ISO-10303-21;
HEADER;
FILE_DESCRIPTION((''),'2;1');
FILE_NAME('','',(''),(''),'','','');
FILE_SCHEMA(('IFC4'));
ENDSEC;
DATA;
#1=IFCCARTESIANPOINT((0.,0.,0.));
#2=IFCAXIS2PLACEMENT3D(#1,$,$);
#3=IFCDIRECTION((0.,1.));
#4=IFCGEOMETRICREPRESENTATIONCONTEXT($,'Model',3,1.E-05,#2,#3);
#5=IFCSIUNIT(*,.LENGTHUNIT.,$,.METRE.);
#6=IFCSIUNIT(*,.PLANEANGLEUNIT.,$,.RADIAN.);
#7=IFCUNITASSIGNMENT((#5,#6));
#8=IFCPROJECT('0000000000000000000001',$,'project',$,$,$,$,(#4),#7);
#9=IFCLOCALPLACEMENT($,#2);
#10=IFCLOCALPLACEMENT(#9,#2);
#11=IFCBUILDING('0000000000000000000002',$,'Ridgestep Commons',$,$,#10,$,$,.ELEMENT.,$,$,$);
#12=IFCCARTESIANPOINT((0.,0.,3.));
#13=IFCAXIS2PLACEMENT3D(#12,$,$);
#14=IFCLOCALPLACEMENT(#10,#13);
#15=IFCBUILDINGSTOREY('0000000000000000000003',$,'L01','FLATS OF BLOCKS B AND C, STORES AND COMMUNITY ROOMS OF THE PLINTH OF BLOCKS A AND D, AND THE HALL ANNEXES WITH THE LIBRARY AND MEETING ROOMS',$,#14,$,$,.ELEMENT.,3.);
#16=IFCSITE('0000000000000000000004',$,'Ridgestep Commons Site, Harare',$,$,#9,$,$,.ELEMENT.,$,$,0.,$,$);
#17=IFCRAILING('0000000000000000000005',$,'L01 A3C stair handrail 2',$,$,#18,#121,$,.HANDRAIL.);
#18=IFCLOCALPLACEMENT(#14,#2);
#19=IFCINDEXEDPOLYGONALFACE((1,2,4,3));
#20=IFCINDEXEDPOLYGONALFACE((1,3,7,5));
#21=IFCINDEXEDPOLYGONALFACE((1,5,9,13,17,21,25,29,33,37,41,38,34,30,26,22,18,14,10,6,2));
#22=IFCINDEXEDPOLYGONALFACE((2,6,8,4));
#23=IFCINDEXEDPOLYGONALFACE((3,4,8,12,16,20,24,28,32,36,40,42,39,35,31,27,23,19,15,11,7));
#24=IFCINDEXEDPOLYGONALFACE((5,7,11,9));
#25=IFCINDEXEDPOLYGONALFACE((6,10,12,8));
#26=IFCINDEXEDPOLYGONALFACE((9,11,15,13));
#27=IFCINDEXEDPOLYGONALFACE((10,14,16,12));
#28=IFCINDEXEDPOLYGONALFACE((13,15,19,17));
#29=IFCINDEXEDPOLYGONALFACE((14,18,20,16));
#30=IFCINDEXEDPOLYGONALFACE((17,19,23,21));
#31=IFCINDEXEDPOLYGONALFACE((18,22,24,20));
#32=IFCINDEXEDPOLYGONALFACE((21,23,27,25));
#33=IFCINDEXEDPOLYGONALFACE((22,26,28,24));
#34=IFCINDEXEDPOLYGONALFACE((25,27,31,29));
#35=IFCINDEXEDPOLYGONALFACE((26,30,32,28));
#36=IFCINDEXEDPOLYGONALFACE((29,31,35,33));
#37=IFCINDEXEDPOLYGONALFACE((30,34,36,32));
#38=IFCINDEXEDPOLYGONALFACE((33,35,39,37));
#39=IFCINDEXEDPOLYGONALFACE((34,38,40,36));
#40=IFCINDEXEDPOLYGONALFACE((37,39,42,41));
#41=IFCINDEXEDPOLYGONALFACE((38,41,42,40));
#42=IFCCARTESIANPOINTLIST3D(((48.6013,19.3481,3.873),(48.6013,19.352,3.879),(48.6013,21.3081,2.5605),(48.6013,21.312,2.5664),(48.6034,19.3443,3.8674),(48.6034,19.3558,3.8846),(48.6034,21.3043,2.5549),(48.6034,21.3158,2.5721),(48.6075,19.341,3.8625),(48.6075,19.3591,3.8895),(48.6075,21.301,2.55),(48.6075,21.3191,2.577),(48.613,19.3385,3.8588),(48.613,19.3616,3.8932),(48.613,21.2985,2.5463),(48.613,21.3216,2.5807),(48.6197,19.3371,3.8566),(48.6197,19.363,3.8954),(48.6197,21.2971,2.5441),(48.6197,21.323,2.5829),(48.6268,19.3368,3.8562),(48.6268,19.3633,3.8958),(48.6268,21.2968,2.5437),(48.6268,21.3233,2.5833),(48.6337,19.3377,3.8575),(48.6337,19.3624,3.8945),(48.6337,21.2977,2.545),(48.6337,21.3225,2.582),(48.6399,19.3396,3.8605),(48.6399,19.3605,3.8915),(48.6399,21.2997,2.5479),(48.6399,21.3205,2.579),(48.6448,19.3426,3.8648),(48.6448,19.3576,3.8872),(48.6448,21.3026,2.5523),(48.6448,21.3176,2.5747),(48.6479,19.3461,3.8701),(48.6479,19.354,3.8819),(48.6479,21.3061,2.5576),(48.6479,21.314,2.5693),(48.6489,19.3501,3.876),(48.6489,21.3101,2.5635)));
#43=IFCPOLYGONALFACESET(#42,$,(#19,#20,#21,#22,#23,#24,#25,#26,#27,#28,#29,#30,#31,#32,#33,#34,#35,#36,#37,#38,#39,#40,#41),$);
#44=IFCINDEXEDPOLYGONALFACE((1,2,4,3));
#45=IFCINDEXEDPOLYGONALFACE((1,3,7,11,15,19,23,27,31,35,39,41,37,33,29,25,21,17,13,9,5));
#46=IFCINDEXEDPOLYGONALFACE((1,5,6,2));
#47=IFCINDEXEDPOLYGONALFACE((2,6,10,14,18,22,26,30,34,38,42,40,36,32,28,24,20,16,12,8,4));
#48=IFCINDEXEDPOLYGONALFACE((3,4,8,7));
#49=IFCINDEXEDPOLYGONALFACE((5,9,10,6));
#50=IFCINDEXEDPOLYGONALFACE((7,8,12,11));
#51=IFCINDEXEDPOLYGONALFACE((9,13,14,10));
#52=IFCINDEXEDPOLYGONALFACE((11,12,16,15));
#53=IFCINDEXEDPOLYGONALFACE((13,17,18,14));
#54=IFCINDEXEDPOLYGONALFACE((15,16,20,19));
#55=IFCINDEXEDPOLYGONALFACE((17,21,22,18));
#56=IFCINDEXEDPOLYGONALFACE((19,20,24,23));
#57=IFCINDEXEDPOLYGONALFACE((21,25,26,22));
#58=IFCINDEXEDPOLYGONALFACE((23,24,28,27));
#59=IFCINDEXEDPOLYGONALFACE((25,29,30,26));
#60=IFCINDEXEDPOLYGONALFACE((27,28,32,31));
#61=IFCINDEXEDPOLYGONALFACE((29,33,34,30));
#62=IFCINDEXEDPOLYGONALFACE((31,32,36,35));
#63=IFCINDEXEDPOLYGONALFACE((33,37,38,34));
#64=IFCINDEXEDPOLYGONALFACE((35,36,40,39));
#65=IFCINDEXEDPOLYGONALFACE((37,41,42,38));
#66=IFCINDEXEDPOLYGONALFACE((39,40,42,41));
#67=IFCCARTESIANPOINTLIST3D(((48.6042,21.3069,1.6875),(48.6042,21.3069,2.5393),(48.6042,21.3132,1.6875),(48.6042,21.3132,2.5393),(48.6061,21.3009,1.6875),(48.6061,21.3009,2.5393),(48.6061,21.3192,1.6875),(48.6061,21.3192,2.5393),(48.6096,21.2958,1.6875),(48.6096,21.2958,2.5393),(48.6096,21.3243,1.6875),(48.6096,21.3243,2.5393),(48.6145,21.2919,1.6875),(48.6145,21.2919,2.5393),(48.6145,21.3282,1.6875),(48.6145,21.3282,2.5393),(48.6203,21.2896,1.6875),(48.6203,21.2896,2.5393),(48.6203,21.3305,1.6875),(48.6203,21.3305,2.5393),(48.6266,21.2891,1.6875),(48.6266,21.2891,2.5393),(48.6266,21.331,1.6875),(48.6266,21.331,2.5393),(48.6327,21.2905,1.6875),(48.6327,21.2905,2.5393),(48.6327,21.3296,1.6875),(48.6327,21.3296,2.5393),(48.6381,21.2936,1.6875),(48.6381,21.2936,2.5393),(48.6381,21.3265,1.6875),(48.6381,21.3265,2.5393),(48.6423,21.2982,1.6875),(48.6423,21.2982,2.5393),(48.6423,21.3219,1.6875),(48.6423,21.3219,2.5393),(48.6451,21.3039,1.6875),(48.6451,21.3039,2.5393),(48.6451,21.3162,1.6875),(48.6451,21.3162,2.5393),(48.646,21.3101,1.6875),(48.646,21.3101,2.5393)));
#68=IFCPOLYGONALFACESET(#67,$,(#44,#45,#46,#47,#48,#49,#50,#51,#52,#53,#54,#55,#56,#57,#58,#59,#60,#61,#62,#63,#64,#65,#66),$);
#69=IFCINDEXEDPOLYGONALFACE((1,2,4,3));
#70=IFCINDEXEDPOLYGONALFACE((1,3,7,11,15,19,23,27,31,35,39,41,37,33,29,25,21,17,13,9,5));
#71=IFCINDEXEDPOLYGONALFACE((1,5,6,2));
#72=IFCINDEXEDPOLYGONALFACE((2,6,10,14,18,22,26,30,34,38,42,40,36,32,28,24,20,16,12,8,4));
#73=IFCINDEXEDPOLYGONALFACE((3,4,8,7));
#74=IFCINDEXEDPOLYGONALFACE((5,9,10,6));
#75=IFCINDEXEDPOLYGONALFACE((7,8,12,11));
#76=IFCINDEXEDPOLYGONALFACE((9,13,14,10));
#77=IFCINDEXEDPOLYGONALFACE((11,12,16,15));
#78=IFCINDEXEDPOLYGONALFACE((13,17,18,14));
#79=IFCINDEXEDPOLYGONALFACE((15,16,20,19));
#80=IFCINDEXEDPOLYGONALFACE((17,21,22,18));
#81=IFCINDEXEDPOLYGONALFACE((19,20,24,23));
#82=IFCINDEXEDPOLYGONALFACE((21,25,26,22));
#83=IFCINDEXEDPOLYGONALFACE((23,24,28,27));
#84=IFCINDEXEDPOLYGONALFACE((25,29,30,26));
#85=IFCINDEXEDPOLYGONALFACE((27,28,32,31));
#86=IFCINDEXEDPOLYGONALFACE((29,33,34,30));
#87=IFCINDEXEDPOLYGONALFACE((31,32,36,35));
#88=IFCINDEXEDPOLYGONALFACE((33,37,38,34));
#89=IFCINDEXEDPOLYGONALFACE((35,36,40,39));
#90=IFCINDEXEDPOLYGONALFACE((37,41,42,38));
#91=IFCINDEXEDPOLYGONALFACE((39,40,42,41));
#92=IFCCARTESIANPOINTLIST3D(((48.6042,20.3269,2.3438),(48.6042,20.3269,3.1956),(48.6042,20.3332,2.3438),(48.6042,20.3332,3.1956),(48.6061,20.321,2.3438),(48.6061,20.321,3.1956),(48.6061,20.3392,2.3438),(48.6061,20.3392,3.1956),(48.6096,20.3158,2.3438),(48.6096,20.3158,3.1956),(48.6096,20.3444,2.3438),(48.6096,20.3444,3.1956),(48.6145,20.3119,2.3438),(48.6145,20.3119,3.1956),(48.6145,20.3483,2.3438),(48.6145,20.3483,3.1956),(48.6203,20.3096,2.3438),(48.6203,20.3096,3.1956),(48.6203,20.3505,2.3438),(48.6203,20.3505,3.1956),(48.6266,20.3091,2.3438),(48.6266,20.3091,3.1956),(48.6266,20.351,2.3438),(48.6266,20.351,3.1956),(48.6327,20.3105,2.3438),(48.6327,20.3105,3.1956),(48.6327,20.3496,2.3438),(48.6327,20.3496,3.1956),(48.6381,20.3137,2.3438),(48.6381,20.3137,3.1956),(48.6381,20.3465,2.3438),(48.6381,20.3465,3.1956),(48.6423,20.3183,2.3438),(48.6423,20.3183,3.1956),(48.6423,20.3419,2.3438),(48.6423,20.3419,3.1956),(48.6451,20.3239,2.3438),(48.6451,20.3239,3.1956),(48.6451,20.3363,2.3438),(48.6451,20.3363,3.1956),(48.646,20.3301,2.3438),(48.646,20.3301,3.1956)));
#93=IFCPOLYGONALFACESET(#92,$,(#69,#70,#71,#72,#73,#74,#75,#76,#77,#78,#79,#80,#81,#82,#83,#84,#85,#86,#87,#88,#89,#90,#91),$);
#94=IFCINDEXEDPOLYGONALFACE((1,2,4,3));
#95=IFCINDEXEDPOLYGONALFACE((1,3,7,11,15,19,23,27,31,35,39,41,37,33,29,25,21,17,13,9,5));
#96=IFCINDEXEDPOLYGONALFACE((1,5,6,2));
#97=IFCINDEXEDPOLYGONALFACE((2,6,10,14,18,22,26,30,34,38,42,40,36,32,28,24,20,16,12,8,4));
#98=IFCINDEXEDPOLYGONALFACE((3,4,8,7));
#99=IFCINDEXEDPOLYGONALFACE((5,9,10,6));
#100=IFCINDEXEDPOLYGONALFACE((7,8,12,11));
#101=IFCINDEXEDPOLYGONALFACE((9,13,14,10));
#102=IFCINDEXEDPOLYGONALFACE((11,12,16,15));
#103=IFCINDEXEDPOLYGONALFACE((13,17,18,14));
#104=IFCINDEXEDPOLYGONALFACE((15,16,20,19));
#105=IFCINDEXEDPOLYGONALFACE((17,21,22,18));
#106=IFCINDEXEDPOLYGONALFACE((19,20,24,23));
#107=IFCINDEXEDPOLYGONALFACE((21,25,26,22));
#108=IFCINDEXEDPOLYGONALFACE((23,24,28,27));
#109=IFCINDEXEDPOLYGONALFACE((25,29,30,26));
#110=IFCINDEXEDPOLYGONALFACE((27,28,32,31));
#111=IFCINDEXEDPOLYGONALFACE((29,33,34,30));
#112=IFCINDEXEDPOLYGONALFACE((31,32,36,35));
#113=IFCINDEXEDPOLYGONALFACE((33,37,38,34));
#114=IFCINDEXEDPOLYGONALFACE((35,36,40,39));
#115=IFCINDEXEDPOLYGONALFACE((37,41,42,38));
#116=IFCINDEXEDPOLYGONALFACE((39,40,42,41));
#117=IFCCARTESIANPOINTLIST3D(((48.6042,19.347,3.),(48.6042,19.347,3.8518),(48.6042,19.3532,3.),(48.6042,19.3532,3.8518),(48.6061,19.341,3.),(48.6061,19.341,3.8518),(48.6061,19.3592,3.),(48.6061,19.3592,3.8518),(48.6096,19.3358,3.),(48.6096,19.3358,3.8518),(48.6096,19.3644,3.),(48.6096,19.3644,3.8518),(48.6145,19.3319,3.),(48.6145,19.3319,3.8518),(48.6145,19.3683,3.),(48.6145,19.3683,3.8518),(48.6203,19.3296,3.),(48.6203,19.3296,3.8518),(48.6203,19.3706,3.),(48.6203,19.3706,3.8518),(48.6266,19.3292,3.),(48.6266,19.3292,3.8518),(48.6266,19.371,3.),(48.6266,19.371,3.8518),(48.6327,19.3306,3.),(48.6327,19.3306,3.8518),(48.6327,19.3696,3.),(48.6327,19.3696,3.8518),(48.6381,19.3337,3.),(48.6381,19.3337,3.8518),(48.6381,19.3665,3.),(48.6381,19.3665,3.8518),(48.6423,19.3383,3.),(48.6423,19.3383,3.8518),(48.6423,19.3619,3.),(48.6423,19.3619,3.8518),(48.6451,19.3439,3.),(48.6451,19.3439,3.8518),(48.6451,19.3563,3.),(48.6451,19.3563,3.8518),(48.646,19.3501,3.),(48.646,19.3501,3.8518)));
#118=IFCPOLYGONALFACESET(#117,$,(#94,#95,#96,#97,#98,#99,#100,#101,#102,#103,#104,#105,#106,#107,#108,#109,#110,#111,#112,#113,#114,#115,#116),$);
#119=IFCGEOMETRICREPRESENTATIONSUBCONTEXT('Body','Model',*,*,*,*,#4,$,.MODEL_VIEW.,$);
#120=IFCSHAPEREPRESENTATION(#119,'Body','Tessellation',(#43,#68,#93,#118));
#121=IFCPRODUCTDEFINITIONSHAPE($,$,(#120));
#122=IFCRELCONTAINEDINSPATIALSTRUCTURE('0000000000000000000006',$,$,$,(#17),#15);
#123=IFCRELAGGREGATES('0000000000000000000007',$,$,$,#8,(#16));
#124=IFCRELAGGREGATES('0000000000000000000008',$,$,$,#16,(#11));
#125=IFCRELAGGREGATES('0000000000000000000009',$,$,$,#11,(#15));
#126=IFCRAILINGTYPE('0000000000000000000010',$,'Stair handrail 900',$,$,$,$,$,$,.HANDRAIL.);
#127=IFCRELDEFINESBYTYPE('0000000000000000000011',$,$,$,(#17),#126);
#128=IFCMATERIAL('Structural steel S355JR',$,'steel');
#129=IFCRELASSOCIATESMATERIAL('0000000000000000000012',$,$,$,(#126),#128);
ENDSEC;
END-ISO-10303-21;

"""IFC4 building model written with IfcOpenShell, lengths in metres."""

from ifc_helpers import new_model, si_unit, direction, frame, origin, origin_2d, place, context, subcontext, project, spatial, circle, extrude, material, type_object, element, save


model = new_model("IFC4")

# Units and contexts
model_context = context("Model", 3, precision=1e-05, world=origin(), true_north=direction((0.0, 1.0)))
body_context = subcontext(model_context, "Body", "Model", "MODEL_VIEW")
ifc_project = project(units=[si_unit("LENGTHUNIT", "METRE"), si_unit("PLANEANGLEUNIT", "RADIAN")], contexts=[model_context])

# Site, building, storey
site_placement = place(None, origin())
site = spatial("IfcSite", under=ifc_project, at=site_placement, Name="Ridgestep Commons Site, Harare", CompositionType="ELEMENT", RefElevation=0.0)
building_placement = place(site_placement, origin())
building = spatial("IfcBuilding", under=site, at=building_placement, Name="Ridgestep Commons", CompositionType="ELEMENT")
storey_placement = place(building_placement, frame((0.0, 0.0, 3.0)))
storey = spatial("IfcBuildingStorey", under=building, at=storey_placement, Name="L01", Description="FLATS OF BLOCKS B AND C, STORES AND COMMUNITY ROOMS OF THE PLINTH OF BLOCKS A AND D, AND THE HALL ANNEXES WITH THE LIBRARY AND MEETING ROOMS", CompositionType="ELEMENT", Elevation=3.0)

# Railing
ifc_material_1 = material(Name="Structural steel S355JR", Category="steel")
railing_type_1 = type_object("IfcRailingType", Name="Stair handrail 900", PredefinedType="HANDRAIL", material=ifc_material_1)
railing_1_placement = place(storey_placement, frame((48.625, 21.3101, 1.6875)))
element("IfcRailing", 1, at=railing_1_placement, inside=storey, type_object=railing_type_1, Name="L01 A3C stair handrail 2", PredefinedType="HANDRAIL", context=body_context, shape_type="SweptSolid", body=[
    extrude(circle(Radius=0.0239, at=origin_2d()), frame((0.0, 0.0, 0.876), z_axis=(0.0, -0.830902, 0.556419), x_axis=(1.0, 0.0, 0.0)), (0.0, 0.0, 1.0), 2.3589),
    extrude(circle(Radius=0.021, at=origin_2d()), origin(), (0.0, 0.0, 1.0), 0.8518),
    extrude(circle(Radius=0.021, at=origin_2d()), frame((0.0, -0.98, 0.6562)), (0.0, 0.0, 1.0), 0.8518),
    extrude(circle(Radius=0.021, at=origin_2d()), frame((0.0, -1.96, 1.3125)), (0.0, 0.0, 1.0), 0.8518),
])

save(model, "model.ifc")
